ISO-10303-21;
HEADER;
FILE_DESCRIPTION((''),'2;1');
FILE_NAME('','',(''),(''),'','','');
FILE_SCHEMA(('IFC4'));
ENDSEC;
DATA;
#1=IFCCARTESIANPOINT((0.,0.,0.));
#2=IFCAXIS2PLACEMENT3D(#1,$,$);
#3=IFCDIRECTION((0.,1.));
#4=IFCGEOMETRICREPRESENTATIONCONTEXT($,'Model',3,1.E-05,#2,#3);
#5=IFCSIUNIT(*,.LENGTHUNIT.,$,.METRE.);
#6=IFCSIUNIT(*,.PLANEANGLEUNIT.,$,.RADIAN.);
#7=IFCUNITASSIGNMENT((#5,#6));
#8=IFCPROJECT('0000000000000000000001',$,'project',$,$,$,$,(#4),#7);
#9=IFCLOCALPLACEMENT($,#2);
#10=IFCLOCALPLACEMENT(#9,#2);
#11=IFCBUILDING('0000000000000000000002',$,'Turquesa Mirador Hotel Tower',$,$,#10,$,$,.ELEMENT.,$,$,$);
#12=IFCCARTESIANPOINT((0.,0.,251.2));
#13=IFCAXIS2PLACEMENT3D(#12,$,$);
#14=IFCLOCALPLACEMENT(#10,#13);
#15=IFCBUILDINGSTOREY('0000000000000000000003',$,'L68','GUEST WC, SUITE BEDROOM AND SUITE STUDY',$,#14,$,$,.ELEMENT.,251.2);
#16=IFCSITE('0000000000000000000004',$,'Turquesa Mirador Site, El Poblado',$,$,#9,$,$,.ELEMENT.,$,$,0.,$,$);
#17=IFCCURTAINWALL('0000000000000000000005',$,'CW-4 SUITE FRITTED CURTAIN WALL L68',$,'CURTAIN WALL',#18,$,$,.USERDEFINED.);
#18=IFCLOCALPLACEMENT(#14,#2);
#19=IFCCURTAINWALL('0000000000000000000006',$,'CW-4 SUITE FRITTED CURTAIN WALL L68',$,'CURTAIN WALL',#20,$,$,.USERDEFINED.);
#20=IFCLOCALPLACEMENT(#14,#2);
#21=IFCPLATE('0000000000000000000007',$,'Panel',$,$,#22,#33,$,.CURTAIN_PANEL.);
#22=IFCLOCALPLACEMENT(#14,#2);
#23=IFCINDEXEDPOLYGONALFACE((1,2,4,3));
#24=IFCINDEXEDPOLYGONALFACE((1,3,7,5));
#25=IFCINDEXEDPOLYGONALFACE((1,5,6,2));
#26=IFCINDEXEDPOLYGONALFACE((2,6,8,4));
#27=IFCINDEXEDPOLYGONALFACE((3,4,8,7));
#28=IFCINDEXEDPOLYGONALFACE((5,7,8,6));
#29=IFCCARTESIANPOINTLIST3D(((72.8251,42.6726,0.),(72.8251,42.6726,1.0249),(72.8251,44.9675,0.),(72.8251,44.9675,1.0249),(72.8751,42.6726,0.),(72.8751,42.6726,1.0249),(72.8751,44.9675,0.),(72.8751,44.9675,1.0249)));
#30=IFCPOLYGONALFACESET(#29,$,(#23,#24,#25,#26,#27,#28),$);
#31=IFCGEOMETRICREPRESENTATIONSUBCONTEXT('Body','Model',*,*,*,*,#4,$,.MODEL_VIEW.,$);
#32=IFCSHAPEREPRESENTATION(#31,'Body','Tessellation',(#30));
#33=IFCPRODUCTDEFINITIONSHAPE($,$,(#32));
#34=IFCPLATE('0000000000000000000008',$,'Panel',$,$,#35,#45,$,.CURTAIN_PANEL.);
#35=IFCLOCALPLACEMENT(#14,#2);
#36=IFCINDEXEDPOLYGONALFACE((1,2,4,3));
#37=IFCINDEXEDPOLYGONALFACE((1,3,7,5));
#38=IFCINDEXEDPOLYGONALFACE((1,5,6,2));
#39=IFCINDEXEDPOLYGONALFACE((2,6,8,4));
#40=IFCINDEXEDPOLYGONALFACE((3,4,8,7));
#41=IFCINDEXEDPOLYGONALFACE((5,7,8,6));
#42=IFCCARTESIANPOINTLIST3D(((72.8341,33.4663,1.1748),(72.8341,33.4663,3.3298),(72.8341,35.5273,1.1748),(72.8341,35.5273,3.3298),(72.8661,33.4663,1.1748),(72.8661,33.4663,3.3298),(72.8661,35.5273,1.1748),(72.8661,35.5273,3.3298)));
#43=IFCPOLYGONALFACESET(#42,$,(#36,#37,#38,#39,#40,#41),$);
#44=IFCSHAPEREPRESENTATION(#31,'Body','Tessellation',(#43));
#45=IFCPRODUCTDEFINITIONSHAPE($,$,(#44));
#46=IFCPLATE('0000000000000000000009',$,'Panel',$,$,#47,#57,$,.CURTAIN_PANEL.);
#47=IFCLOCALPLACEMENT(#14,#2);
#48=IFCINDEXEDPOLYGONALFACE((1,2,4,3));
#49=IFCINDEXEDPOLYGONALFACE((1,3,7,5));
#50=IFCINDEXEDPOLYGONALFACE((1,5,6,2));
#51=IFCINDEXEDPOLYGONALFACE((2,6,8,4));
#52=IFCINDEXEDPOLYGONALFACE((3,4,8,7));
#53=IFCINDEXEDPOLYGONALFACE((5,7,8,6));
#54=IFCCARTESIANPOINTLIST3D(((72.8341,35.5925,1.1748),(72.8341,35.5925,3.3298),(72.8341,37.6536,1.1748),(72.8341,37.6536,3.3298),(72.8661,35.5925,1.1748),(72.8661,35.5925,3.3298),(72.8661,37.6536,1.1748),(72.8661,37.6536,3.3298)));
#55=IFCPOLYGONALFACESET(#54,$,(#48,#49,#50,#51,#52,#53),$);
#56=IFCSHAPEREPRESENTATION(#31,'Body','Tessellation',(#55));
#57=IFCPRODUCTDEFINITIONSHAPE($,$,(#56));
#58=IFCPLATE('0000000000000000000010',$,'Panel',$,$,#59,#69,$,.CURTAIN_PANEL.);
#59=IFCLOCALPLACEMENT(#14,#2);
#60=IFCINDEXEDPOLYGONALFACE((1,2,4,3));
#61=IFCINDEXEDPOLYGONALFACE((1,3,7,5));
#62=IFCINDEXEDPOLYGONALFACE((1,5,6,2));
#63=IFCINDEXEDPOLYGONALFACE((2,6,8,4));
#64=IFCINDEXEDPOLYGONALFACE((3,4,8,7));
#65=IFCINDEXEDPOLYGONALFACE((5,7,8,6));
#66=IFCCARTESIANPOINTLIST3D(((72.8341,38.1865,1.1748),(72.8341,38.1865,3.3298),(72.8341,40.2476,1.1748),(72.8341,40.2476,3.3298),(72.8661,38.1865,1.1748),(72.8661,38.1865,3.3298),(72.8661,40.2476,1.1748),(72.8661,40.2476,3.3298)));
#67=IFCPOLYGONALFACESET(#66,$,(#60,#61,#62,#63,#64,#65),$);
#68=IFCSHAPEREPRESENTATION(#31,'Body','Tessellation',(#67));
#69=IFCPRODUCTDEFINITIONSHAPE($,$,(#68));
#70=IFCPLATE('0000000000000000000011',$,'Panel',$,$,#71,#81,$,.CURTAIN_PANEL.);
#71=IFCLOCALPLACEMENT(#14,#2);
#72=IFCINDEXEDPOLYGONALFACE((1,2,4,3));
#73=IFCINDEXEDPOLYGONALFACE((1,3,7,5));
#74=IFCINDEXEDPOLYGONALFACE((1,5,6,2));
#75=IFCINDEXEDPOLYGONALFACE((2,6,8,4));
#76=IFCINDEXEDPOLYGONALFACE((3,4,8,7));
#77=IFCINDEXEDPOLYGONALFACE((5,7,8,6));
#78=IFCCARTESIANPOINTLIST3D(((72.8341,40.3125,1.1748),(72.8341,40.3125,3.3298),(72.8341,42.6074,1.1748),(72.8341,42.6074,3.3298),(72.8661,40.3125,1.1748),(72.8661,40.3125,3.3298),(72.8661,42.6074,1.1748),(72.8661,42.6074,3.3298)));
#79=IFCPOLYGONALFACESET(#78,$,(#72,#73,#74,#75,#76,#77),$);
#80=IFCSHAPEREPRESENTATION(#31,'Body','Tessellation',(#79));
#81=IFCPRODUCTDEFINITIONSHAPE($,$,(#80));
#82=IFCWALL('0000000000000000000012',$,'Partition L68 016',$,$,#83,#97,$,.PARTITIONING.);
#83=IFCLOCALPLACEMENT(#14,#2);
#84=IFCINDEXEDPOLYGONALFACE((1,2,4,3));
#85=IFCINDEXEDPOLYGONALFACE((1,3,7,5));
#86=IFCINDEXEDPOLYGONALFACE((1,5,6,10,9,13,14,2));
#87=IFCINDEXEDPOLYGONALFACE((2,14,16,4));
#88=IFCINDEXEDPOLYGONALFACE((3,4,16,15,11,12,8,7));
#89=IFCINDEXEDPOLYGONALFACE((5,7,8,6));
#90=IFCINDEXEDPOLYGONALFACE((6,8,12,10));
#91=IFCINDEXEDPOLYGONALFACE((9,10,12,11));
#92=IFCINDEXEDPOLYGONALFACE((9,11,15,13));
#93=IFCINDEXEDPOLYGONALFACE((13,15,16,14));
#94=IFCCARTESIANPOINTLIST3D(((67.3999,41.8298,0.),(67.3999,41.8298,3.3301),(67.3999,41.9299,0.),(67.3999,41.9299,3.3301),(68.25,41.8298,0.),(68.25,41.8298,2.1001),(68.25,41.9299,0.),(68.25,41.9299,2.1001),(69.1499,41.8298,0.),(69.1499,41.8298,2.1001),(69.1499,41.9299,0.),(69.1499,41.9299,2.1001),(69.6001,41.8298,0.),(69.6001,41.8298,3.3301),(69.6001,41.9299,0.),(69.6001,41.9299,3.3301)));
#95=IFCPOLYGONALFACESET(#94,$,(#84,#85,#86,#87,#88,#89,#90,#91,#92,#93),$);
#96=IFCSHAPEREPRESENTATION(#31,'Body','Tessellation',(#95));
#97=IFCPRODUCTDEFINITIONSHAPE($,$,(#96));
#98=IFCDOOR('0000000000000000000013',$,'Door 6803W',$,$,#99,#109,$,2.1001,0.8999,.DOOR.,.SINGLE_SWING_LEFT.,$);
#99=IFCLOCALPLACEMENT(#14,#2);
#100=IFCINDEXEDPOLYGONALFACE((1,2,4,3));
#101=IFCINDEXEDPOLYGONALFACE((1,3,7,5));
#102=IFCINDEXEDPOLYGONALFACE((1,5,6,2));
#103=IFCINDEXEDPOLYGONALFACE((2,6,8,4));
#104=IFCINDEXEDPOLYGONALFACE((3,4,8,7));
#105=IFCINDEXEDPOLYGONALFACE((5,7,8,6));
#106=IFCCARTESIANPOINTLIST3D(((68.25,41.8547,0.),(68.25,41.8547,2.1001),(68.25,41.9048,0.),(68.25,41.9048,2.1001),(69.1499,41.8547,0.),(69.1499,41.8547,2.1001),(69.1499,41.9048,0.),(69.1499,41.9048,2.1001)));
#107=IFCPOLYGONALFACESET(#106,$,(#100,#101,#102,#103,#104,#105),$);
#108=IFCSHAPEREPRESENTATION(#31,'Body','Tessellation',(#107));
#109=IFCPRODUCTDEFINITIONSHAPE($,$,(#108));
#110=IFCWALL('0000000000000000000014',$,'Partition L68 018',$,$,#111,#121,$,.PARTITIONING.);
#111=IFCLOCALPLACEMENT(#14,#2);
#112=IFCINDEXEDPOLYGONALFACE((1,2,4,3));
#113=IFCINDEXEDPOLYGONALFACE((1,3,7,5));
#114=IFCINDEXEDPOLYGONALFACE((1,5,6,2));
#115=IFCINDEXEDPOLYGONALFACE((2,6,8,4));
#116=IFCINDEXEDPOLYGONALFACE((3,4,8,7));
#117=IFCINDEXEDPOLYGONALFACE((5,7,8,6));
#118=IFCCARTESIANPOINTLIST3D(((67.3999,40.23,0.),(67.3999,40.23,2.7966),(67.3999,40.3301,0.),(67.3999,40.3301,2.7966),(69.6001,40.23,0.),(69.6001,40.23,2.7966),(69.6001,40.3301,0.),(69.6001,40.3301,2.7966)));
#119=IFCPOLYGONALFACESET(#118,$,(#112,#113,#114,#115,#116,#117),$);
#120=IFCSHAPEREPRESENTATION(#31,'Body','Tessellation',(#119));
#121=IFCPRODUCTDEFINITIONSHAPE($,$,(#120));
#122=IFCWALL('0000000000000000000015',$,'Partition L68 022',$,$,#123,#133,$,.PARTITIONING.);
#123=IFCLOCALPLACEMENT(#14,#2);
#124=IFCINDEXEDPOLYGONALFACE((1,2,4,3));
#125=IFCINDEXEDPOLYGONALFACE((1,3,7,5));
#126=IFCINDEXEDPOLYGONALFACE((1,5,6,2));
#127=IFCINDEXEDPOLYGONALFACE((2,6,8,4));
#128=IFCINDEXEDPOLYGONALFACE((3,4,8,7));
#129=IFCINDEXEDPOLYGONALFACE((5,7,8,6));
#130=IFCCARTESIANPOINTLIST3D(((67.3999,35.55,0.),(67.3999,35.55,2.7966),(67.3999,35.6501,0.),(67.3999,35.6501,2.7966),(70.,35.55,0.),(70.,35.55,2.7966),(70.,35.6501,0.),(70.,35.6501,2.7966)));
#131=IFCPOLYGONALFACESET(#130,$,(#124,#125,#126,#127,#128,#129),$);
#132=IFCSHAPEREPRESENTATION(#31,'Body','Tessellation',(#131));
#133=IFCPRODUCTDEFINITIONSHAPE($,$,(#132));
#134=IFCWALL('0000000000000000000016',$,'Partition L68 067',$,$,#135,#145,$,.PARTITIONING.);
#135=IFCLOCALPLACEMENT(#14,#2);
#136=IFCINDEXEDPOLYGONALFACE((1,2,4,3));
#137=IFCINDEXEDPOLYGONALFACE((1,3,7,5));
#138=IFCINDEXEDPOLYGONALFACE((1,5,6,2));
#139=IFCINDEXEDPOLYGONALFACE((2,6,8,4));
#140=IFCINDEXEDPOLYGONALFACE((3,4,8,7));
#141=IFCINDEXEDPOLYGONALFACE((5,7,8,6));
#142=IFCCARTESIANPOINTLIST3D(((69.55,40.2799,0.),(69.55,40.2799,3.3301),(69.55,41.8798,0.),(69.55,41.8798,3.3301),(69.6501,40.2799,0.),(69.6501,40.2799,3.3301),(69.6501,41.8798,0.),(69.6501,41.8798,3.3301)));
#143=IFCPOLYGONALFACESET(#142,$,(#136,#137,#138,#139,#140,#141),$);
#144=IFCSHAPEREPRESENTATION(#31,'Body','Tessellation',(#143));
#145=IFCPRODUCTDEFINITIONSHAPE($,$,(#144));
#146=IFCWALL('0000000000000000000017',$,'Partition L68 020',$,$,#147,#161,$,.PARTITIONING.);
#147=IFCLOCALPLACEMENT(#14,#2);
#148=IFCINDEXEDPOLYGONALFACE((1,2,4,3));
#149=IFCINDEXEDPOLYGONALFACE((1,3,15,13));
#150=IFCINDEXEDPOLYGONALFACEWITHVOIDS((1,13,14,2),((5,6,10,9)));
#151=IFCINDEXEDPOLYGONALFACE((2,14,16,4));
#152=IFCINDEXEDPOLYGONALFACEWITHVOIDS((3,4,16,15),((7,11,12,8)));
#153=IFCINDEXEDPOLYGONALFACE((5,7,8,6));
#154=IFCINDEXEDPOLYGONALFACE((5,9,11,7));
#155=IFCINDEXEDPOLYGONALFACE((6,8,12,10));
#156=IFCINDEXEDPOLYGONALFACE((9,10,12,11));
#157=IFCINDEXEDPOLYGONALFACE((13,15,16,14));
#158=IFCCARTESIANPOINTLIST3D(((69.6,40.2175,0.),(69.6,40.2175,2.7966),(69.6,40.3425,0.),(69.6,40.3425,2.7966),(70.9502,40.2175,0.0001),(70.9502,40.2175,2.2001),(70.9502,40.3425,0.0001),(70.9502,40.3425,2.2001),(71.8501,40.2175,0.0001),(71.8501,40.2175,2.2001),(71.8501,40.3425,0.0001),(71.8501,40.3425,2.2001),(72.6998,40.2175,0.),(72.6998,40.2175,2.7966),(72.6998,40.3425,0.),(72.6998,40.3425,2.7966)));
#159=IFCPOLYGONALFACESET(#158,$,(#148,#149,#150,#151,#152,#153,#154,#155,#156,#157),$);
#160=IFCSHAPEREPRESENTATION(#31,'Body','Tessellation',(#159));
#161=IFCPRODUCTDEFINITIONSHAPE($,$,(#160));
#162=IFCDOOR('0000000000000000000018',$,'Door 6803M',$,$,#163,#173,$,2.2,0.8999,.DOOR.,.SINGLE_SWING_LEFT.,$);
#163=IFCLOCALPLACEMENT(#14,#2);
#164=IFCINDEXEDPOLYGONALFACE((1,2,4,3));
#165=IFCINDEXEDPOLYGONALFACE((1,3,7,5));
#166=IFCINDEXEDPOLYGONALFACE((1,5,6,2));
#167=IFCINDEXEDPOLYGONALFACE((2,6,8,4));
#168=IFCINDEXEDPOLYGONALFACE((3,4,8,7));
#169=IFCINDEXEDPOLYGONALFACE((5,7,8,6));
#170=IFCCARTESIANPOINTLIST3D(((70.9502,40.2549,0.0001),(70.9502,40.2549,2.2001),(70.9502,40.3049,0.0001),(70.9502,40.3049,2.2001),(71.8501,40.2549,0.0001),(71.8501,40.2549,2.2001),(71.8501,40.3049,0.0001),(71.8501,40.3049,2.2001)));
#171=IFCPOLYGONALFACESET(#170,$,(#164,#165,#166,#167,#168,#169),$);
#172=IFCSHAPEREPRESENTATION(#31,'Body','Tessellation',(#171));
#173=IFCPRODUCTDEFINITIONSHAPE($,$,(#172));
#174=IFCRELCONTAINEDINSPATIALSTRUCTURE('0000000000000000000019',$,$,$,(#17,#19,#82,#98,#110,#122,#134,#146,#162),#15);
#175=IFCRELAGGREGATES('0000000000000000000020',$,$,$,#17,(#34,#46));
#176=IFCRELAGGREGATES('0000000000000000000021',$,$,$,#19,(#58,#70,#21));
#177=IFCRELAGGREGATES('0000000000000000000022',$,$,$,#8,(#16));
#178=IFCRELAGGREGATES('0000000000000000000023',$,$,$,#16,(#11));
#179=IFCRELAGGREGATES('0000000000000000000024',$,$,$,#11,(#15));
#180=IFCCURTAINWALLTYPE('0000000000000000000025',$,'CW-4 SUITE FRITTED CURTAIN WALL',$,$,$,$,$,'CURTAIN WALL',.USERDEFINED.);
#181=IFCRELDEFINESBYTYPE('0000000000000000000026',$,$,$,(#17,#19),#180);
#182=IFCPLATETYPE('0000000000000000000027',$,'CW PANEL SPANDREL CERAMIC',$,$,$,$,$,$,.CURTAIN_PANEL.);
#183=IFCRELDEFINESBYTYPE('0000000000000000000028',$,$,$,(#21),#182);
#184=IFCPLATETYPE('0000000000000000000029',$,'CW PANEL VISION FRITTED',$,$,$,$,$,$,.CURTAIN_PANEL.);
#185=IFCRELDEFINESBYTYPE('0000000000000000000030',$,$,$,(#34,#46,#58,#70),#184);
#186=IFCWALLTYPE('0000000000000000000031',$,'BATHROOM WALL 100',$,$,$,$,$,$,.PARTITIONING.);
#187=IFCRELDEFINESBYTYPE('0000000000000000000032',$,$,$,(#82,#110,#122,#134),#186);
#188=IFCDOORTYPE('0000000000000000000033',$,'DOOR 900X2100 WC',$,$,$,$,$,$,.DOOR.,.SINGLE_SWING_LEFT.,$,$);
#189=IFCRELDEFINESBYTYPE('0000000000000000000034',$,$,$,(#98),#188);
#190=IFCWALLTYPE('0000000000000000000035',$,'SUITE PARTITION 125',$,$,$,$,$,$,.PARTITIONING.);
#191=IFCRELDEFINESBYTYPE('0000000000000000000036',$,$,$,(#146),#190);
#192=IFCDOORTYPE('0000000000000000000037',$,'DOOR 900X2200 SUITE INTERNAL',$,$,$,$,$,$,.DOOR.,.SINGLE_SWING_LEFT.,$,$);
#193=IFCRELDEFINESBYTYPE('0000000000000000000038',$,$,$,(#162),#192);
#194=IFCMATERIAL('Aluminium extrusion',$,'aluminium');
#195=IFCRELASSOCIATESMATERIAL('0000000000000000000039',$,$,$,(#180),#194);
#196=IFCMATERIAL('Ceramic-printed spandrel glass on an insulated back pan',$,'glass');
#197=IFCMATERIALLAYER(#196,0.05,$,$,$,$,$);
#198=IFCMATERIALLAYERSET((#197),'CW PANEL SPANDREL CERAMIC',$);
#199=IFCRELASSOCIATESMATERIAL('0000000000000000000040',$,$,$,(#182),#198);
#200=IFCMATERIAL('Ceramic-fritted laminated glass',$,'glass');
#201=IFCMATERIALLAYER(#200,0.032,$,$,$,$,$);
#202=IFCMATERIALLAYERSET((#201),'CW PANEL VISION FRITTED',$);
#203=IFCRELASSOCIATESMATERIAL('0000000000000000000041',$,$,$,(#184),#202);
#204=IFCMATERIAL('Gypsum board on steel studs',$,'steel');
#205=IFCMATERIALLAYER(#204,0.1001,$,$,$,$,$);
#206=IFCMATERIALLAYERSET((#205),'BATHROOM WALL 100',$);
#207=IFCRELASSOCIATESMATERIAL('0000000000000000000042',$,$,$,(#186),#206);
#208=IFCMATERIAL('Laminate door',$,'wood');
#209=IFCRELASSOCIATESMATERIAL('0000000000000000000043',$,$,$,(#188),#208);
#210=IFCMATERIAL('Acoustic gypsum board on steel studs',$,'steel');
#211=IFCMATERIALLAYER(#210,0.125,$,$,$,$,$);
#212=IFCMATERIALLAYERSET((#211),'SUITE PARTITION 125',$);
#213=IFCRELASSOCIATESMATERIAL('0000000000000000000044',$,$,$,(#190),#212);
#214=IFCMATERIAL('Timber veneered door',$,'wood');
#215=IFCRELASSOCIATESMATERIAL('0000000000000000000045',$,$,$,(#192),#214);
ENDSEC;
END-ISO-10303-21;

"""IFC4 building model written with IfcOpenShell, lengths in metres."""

from ifc_helpers import new_model, si_unit, direction, frame, frame_2d, origin, origin_2d, place, context, subcontext, project, spatial, rectangle, extrude, material, layer, layer_set, type_object, element, fill, aggregate, save


model = new_model("IFC4")

# Units and contexts
model_context = context("Model", 3, precision=1e-05, world=origin(), true_north=direction((0.0, 1.0)))
body_context = subcontext(model_context, "Body", "Model", "MODEL_VIEW")
ifc_project = project(units=[si_unit("LENGTHUNIT", "METRE"), si_unit("PLANEANGLEUNIT", "RADIAN")], contexts=[model_context])

# Site, building, storey
site_placement = place(None, origin())
site = spatial("IfcSite", under=ifc_project, at=site_placement, Name="Turquesa Mirador Site, El Poblado", CompositionType="ELEMENT", RefElevation=0.0)
building_placement = place(site_placement, origin())
building = spatial("IfcBuilding", under=site, at=building_placement, Name="Turquesa Mirador Hotel Tower", CompositionType="ELEMENT")
storey_placement = place(building_placement, frame((0.0, 0.0, 251.2)))
storey = spatial("IfcBuildingStorey", under=building, at=storey_placement, Name="L68", Description="GUEST WC, SUITE BEDROOM AND SUITE STUDY", CompositionType="ELEMENT", Elevation=251.2)

# Curtain walls
ifc_material_1 = material(Name="Aluminium extrusion", Category="aluminium")
curtain_wall_type = type_object("IfcCurtainWallType", Name="CW-4 SUITE FRITTED CURTAIN WALL", ElementType="CURTAIN WALL", PredefinedType="USERDEFINED", material=ifc_material_1)
curtain_wall_1_placement = place(storey_placement, origin())
curtain_wall_1 = element("IfcCurtainWall", 1, at=curtain_wall_1_placement, inside=storey, type_object=curtain_wall_type, Name="CW-4 SUITE FRITTED CURTAIN WALL L68", ObjectType="CURTAIN WALL", PredefinedType="USERDEFINED")
curtain_wall_2_placement = place(storey_placement, origin())
curtain_wall_2 = element("IfcCurtainWall", 2, at=curtain_wall_2_placement, inside=storey, type_object=curtain_wall_type, Name="CW-4 SUITE FRITTED CURTAIN WALL L68", ObjectType="CURTAIN WALL", PredefinedType="USERDEFINED")

# Plates
ifc_material_2 = material(Name="Ceramic-printed spandrel glass on an insulated back pan", Category="glass")
ifc_layer_1 = layer(ifc_material_2, 0.05)
ifc_layer_set_1 = layer_set([ifc_layer_1], Name="CW PANEL SPANDREL CERAMIC")
plate_type_1 = type_object("IfcPlateType", Name="CW PANEL SPANDREL CERAMIC", PredefinedType="CURTAIN_PANEL", material=ifc_layer_set_1)
plate_1_placement = place(storey_placement, frame((72.8501, 43.8201, 0.0), z_axis=(0.0, 0.0, 1.0), x_axis=(0.0, 1.0, 0.0)))
plate_1 = element("IfcPlate", 3, at=plate_1_placement, type_object=plate_type_1, Name="Panel", PredefinedType="CURTAIN_PANEL", context=body_context, shape_type="SweptSolid", body=[
    extrude(rectangle(XDim=2.2949, YDim=0.05, at=origin_2d()), origin(), (0.0, 0.0, 1.0), 1.0249),
])
ifc_material_3 = material(Name="Ceramic-fritted laminated glass", Category="glass")
ifc_layer_2 = layer(ifc_material_3, 0.032)
ifc_layer_set_2 = layer_set([ifc_layer_2], Name="CW PANEL VISION FRITTED")
plate_type_2 = type_object("IfcPlateType", Name="CW PANEL VISION FRITTED", PredefinedType="CURTAIN_PANEL", material=ifc_layer_set_2)
plate_2_placement = place(storey_placement, frame((72.8501, 34.4968, 1.1748), z_axis=(0.0, 0.0, 1.0), x_axis=(0.0, 1.0, 0.0)))
plate_2 = element("IfcPlate", 4, at=plate_2_placement, type_object=plate_type_2, Name="Panel", PredefinedType="CURTAIN_PANEL", context=body_context, shape_type="SweptSolid", body=[
    extrude(rectangle(XDim=2.061, YDim=0.032, at=origin_2d()), origin(), (0.0, 0.0, 1.0), 2.155),
])
plate_3_placement = place(storey_placement, frame((72.8501, 36.623, 1.1748), z_axis=(0.0, 0.0, 1.0), x_axis=(0.0, 1.0, 0.0)))
plate_3 = element("IfcPlate", 5, at=plate_3_placement, type_object=plate_type_2, Name="Panel", PredefinedType="CURTAIN_PANEL", context=body_context, shape_type="SweptSolid", body=[
    extrude(rectangle(XDim=2.061, YDim=0.032, at=origin_2d()), origin(), (0.0, 0.0, 1.0), 2.155),
])
aggregate(curtain_wall_1, [plate_2, plate_3])
plate_4_placement = place(storey_placement, frame((72.8501, 39.217, 1.1748), z_axis=(0.0, 0.0, 1.0), x_axis=(0.0, 1.0, 0.0)))
plate_4 = element("IfcPlate", 6, at=plate_4_placement, type_object=plate_type_2, Name="Panel", PredefinedType="CURTAIN_PANEL", context=body_context, shape_type="SweptSolid", body=[
    extrude(rectangle(XDim=2.061, YDim=0.032, at=origin_2d()), origin(), (0.0, 0.0, 1.0), 2.155),
])
plate_5_placement = place(storey_placement, frame((72.8501, 41.46, 1.1748), z_axis=(0.0, 0.0, 1.0), x_axis=(0.0, 1.0, 0.0)))
plate_5 = element("IfcPlate", 7, at=plate_5_placement, type_object=plate_type_2, Name="Panel", PredefinedType="CURTAIN_PANEL", context=body_context, shape_type="SweptSolid", body=[
    extrude(rectangle(XDim=2.2949, YDim=0.032, at=origin_2d()), origin(), (0.0, 0.0, 1.0), 2.155),
])
aggregate(curtain_wall_2, [plate_4, plate_5, plate_1])

# Wall, opening, door
ifc_material_4 = material(Name="Gypsum board on steel studs", Category="steel")
ifc_layer_3 = layer(ifc_material_4, 0.1001)
ifc_layer_set_3 = layer_set([ifc_layer_3], Name="BATHROOM WALL 100")
wall_type_1 = type_object("IfcWallType", Name="BATHROOM WALL 100", PredefinedType="PARTITIONING", material=ifc_layer_set_3)
wall_1_placement = place(storey_placement, frame((67.3999, 41.8799, 0.0), z_axis=(0.0, 0.0, 1.0), x_axis=(1.0, 0.0, 0.0)))
wall_1 = element("IfcWall", 8, at=wall_1_placement, inside=storey, type_object=wall_type_1, Name="Partition L68 016", PredefinedType="PARTITIONING", context=body_context, shape_type="SweptSolid", body=[
    extrude(rectangle(XDim=2.2002, YDim=0.1001, at=frame_2d((1.1001, 0.0))), origin(), (0.0, 0.0, 1.0), 3.3301),
])
opening_1_placement = place(wall_1_placement, frame((0.8501, 0.0, 0.0)))
opening_1 = element("IfcOpeningElement", 9, at=opening_1_placement, cuts=wall_1, PredefinedType="OPENING", context=body_context, shape_type="SweptSolid", body=[
    extrude(rectangle(XDim=0.8999, YDim=2.1001, at=frame_2d((0.45, 1.05))), frame((0.0, 0.0601, 0.0), z_axis=(0.0, -1.0, 0.0), x_axis=(1.0, 0.0, 0.0)), (0.0, 0.0, 1.0), 0.1201),
])
ifc_material_5 = material(Name="Laminate door", Category="wood")
door_type_1 = type_object("IfcDoorType", Name="DOOR 900X2100 WC", OperationType="SINGLE_SWING_LEFT", PredefinedType="DOOR", material=ifc_material_5)
door_1_placement = place(opening_1_placement, origin())
door_1 = element("IfcDoor", 10, at=door_1_placement, inside=storey, type_object=door_type_1, Name="Door 6803W", OperationType="SINGLE_SWING_LEFT", OverallHeight=2.1001, OverallWidth=0.8999, PredefinedType="DOOR", context=body_context, shape_type="SweptSolid", body=[
    extrude(rectangle(XDim=0.8999, YDim=2.1001, at=frame_2d((0.45, 1.05))), frame((0.0, 0.0249, 0.0), z_axis=(0.0, -1.0, 0.0), x_axis=(1.0, 0.0, 0.0)), (0.0, 0.0, 1.0), 0.05),
])
fill(opening_1, door_1)

# Walls
wall_2_placement = place(storey_placement, frame((67.3999, 40.28, 0.0), z_axis=(0.0, 0.0, 1.0), x_axis=(1.0, 0.0, 0.0)))
element("IfcWall", 11, at=wall_2_placement, inside=storey, type_object=wall_type_1, Name="Partition L68 018", PredefinedType="PARTITIONING", context=body_context, shape_type="SweptSolid", body=[
    extrude(rectangle(XDim=2.2002, YDim=0.1001, at=frame_2d((1.1001, 0.0))), origin(), (0.0, 0.0, 1.0), 2.7966),
])
wall_3_placement = place(storey_placement, frame((67.3999, 35.6001, 0.0), z_axis=(0.0, 0.0, 1.0), x_axis=(1.0, 0.0, 0.0)))
element("IfcWall", 12, at=wall_3_placement, inside=storey, type_object=wall_type_1, Name="Partition L68 022", PredefinedType="PARTITIONING", context=body_context, shape_type="SweptSolid", body=[
    extrude(rectangle(XDim=2.6001, YDim=0.1001, at=frame_2d((1.3, 0.0))), origin(), (0.0, 0.0, 1.0), 2.7966),
])
wall_4_placement = place(storey_placement, frame((69.6001, 40.28, 0.0), z_axis=(0.0, 0.0, 1.0), x_axis=(0.0, 1.0, 0.0)))
element("IfcWall", 13, at=wall_4_placement, inside=storey, type_object=wall_type_1, Name="Partition L68 067", PredefinedType="PARTITIONING", context=body_context, shape_type="SweptSolid", body=[
    extrude(rectangle(XDim=1.5999, YDim=0.1001, at=frame_2d((0.7998, 0.0))), origin(), (0.0, 0.0, 1.0), 3.3301),
])

# Wall, opening, door
ifc_material_6 = material(Name="Acoustic gypsum board on steel studs", Category="steel")
ifc_layer_4 = layer(ifc_material_6, 0.125)
ifc_layer_set_4 = layer_set([ifc_layer_4], Name="SUITE PARTITION 125")
wall_type_2 = type_object("IfcWallType", Name="SUITE PARTITION 125", PredefinedType="PARTITIONING", material=ifc_layer_set_4)
wall_5_placement = place(storey_placement, frame((69.6001, 40.28, 0.0), z_axis=(0.0, 0.0, 1.0), x_axis=(1.0, 0.0, 0.0)))
wall_5 = element("IfcWall", 14, at=wall_5_placement, inside=storey, type_object=wall_type_2, Name="Partition L68 020", PredefinedType="PARTITIONING", context=body_context, shape_type="SweptSolid", body=[
    extrude(rectangle(XDim=3.0999, YDim=0.125, at=frame_2d((1.5498, 0.0))), origin(), (0.0, 0.0, 1.0), 2.7966),
])
opening_2_placement = place(wall_5_placement, frame((1.3501, 0.0, 0.0)))
opening_2 = element("IfcOpeningElement", 15, at=opening_2_placement, cuts=wall_5, PredefinedType="OPENING", context=body_context, shape_type="SweptSolid", body=[
    extrude(rectangle(XDim=0.8999, YDim=2.2, at=frame_2d((0.45, 1.1001))), frame((0.0, 0.0725, 0.0), z_axis=(0.0, -1.0, 0.0), x_axis=(1.0, 0.0, 0.0)), (0.0, 0.0, 1.0), 0.145),
])
ifc_material_7 = material(Name="Timber veneered door", Category="wood")
door_type_2 = type_object("IfcDoorType", Name="DOOR 900X2200 SUITE INTERNAL", OperationType="SINGLE_SWING_LEFT", PredefinedType="DOOR", material=ifc_material_7)
door_2_placement = place(opening_2_placement, origin())
door_2 = element("IfcDoor", 16, at=door_2_placement, inside=storey, type_object=door_type_2, Name="Door 6803M", OperationType="SINGLE_SWING_LEFT", OverallHeight=2.2, OverallWidth=0.8999, PredefinedType="DOOR", context=body_context, shape_type="SweptSolid", body=[
    extrude(rectangle(XDim=0.8999, YDim=2.2, at=frame_2d((0.45, 1.1001))), frame((0.0, 0.0249, 0.0), z_axis=(0.0, -1.0, 0.0), x_axis=(1.0, 0.0, 0.0)), (0.0, 0.0, 1.0), 0.05),
])
fill(opening_2, door_2)

save(model, "model.ifc")
